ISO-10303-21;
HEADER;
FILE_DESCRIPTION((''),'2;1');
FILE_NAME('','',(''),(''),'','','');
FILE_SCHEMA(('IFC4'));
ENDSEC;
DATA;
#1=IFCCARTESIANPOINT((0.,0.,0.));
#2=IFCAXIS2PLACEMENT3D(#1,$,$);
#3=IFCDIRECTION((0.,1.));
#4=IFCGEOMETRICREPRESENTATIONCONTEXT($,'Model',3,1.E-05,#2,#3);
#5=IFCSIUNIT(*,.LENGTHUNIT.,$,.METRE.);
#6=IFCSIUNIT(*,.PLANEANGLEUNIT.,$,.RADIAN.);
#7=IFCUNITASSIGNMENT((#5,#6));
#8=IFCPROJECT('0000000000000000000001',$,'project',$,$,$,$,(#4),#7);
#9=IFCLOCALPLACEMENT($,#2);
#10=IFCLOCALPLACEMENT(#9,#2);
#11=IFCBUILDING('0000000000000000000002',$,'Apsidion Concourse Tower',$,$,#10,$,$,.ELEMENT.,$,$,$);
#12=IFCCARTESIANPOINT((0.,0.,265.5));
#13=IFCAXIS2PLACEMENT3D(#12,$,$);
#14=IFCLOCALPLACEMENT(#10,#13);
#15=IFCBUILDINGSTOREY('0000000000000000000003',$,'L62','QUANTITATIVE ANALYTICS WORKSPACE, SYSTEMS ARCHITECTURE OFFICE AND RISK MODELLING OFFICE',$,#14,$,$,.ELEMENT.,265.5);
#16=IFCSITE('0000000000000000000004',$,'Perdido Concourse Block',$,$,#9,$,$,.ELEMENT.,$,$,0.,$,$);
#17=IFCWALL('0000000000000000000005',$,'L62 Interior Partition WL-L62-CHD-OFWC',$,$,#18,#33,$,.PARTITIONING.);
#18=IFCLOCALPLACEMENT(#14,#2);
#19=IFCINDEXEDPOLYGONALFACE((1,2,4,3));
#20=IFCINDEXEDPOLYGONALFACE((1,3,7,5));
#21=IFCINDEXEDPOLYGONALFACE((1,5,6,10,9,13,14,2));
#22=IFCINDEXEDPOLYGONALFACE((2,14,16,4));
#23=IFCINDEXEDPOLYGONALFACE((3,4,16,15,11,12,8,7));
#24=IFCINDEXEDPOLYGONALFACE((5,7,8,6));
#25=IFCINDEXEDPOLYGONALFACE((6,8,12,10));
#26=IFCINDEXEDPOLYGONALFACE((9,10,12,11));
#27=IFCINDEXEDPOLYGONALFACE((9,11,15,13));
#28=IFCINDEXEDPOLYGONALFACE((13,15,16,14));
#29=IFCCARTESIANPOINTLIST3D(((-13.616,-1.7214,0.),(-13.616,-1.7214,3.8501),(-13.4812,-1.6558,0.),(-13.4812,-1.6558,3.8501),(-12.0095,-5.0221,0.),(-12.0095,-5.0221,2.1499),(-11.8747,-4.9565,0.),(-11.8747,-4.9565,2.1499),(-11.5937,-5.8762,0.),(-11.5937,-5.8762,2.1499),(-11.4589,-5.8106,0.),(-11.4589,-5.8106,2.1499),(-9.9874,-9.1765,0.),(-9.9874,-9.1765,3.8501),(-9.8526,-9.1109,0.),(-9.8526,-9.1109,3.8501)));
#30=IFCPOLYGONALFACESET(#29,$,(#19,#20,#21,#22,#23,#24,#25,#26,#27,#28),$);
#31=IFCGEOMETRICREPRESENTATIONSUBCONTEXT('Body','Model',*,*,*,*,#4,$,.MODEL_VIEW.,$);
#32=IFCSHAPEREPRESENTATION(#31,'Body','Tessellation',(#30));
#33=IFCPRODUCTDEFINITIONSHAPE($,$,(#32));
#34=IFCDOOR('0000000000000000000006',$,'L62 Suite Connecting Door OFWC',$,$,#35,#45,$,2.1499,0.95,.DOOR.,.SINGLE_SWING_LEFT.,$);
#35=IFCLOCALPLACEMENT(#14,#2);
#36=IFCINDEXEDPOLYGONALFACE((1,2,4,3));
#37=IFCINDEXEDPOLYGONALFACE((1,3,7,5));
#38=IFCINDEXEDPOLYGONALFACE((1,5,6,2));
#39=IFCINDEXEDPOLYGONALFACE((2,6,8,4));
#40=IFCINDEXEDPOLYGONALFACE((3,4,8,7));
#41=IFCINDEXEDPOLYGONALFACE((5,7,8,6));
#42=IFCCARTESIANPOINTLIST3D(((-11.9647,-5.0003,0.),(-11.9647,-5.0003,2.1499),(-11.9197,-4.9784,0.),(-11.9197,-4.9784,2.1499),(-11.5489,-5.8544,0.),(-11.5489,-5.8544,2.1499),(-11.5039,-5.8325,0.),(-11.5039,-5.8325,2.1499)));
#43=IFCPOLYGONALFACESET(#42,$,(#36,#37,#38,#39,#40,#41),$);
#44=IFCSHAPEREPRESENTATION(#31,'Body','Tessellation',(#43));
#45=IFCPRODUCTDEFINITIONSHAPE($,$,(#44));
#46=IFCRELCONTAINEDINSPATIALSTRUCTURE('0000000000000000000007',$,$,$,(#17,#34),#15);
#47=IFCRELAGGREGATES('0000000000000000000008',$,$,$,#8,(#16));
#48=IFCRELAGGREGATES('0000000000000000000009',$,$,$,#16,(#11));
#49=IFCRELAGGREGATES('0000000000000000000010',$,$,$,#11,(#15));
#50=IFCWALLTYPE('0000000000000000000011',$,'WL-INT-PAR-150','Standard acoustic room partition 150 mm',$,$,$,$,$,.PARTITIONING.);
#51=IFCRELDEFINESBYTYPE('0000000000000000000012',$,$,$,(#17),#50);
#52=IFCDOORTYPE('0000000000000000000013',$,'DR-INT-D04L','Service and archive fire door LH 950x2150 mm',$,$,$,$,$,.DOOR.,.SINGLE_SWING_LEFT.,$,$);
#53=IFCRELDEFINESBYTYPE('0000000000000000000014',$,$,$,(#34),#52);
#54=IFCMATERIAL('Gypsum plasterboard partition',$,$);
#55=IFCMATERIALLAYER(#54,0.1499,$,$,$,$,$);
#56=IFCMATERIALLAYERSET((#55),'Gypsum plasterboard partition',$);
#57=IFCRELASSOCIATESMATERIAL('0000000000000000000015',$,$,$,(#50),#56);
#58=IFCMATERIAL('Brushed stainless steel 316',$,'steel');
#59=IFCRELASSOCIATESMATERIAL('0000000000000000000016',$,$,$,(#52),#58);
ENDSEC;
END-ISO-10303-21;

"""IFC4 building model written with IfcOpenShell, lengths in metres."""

from ifc_helpers import new_model, si_unit, direction, frame, frame_2d, origin, place, context, subcontext, project, spatial, rectangle, extrude, material, layer, layer_set, type_object, element, fill, save


model = new_model("IFC4")

# Units and contexts
model_context = context("Model", 3, precision=1e-05, world=origin(), true_north=direction((0.0, 1.0)))
body_context = subcontext(model_context, "Body", "Model", "MODEL_VIEW")
ifc_project = project(units=[si_unit("LENGTHUNIT", "METRE"), si_unit("PLANEANGLEUNIT", "RADIAN")], contexts=[model_context])

# Site, building, storey
site_placement = place(None, origin())
site = spatial("IfcSite", under=ifc_project, at=site_placement, Name="Perdido Concourse Block", CompositionType="ELEMENT", RefElevation=0.0)
building_placement = place(site_placement, origin())
building = spatial("IfcBuilding", under=site, at=building_placement, Name="Apsidion Concourse Tower", CompositionType="ELEMENT")
storey_placement = place(building_placement, frame((0.0, 0.0, 265.5)))
storey = spatial("IfcBuildingStorey", under=building, at=storey_placement, Name="L62", Description="QUANTITATIVE ANALYTICS WORKSPACE, SYSTEMS ARCHITECTURE OFFICE AND RISK MODELLING OFFICE", CompositionType="ELEMENT", Elevation=265.5)

# Shared definitions
ifc_material_1 = material(Name="Gypsum plasterboard partition")
ifc_layer_1 = layer(ifc_material_1, 0.1499)
ifc_layer_set_1 = layer_set([ifc_layer_1], Name="Gypsum plasterboard partition")
wall_type_1 = type_object("IfcWallType", Name="WL-INT-PAR-150", Description="Standard acoustic room partition 150 mm", PredefinedType="PARTITIONING", material=ifc_layer_set_1)

# Wall, opening, door
wall_1_placement = place(storey_placement, frame((-13.5486, -1.6887, 0.0), z_axis=(0.0, 0.0, 1.0), x_axis=(0.437648, -0.899146, 0.0)))
wall_1 = element("IfcWall", 1, at=wall_1_placement, inside=storey, type_object=wall_type_1, Name="L62 Interior Partition WL-L62-CHD-OFWC", PredefinedType="PARTITIONING", context=body_context, shape_type="SweptSolid", body=[
    extrude(rectangle(XDim=8.2913, YDim=0.1499, at=frame_2d((4.1455, 0.0))), origin(), (0.0, 0.0, 1.0), 3.8501),
])
opening_1_placement = place(wall_1_placement, frame((3.6707, 0.0, 0.0)))
opening_1 = element("IfcOpeningElement", 2, at=opening_1_placement, cuts=wall_1, PredefinedType="OPENING", context=body_context, shape_type="SweptSolid", body=[
    extrude(rectangle(XDim=0.95, YDim=2.1499, at=frame_2d((0.4751, 1.075))), frame((0.0, 0.085, 0.0), z_axis=(0.0, -1.0, 0.0), x_axis=(1.0, 0.0, 0.0)), (0.0, 0.0, 1.0), 0.1699),
])
ifc_material_2 = material(Name="Brushed stainless steel 316", Category="steel")
door_type_1 = type_object("IfcDoorType", Name="DR-INT-D04L", Description="Service and archive fire door LH 950x2150 mm", OperationType="SINGLE_SWING_LEFT", PredefinedType="DOOR", material=ifc_material_2)
door_1_placement = place(opening_1_placement, origin())
door_1 = element("IfcDoor", 3, at=door_1_placement, inside=storey, type_object=door_type_1, Name="L62 Suite Connecting Door OFWC", OperationType="SINGLE_SWING_LEFT", OverallHeight=2.1499, OverallWidth=0.95, PredefinedType="DOOR", context=body_context, shape_type="SweptSolid", body=[
    extrude(rectangle(XDim=0.95, YDim=2.1499, at=frame_2d((0.4751, 1.075))), frame((0.0, 0.0249, 0.0), z_axis=(0.0, -1.0, 0.0), x_axis=(1.0, 0.0, 0.0)), (0.0, 0.0, 1.0), 0.05),
])
fill(opening_1, door_1)

save(model, "model.ifc")
